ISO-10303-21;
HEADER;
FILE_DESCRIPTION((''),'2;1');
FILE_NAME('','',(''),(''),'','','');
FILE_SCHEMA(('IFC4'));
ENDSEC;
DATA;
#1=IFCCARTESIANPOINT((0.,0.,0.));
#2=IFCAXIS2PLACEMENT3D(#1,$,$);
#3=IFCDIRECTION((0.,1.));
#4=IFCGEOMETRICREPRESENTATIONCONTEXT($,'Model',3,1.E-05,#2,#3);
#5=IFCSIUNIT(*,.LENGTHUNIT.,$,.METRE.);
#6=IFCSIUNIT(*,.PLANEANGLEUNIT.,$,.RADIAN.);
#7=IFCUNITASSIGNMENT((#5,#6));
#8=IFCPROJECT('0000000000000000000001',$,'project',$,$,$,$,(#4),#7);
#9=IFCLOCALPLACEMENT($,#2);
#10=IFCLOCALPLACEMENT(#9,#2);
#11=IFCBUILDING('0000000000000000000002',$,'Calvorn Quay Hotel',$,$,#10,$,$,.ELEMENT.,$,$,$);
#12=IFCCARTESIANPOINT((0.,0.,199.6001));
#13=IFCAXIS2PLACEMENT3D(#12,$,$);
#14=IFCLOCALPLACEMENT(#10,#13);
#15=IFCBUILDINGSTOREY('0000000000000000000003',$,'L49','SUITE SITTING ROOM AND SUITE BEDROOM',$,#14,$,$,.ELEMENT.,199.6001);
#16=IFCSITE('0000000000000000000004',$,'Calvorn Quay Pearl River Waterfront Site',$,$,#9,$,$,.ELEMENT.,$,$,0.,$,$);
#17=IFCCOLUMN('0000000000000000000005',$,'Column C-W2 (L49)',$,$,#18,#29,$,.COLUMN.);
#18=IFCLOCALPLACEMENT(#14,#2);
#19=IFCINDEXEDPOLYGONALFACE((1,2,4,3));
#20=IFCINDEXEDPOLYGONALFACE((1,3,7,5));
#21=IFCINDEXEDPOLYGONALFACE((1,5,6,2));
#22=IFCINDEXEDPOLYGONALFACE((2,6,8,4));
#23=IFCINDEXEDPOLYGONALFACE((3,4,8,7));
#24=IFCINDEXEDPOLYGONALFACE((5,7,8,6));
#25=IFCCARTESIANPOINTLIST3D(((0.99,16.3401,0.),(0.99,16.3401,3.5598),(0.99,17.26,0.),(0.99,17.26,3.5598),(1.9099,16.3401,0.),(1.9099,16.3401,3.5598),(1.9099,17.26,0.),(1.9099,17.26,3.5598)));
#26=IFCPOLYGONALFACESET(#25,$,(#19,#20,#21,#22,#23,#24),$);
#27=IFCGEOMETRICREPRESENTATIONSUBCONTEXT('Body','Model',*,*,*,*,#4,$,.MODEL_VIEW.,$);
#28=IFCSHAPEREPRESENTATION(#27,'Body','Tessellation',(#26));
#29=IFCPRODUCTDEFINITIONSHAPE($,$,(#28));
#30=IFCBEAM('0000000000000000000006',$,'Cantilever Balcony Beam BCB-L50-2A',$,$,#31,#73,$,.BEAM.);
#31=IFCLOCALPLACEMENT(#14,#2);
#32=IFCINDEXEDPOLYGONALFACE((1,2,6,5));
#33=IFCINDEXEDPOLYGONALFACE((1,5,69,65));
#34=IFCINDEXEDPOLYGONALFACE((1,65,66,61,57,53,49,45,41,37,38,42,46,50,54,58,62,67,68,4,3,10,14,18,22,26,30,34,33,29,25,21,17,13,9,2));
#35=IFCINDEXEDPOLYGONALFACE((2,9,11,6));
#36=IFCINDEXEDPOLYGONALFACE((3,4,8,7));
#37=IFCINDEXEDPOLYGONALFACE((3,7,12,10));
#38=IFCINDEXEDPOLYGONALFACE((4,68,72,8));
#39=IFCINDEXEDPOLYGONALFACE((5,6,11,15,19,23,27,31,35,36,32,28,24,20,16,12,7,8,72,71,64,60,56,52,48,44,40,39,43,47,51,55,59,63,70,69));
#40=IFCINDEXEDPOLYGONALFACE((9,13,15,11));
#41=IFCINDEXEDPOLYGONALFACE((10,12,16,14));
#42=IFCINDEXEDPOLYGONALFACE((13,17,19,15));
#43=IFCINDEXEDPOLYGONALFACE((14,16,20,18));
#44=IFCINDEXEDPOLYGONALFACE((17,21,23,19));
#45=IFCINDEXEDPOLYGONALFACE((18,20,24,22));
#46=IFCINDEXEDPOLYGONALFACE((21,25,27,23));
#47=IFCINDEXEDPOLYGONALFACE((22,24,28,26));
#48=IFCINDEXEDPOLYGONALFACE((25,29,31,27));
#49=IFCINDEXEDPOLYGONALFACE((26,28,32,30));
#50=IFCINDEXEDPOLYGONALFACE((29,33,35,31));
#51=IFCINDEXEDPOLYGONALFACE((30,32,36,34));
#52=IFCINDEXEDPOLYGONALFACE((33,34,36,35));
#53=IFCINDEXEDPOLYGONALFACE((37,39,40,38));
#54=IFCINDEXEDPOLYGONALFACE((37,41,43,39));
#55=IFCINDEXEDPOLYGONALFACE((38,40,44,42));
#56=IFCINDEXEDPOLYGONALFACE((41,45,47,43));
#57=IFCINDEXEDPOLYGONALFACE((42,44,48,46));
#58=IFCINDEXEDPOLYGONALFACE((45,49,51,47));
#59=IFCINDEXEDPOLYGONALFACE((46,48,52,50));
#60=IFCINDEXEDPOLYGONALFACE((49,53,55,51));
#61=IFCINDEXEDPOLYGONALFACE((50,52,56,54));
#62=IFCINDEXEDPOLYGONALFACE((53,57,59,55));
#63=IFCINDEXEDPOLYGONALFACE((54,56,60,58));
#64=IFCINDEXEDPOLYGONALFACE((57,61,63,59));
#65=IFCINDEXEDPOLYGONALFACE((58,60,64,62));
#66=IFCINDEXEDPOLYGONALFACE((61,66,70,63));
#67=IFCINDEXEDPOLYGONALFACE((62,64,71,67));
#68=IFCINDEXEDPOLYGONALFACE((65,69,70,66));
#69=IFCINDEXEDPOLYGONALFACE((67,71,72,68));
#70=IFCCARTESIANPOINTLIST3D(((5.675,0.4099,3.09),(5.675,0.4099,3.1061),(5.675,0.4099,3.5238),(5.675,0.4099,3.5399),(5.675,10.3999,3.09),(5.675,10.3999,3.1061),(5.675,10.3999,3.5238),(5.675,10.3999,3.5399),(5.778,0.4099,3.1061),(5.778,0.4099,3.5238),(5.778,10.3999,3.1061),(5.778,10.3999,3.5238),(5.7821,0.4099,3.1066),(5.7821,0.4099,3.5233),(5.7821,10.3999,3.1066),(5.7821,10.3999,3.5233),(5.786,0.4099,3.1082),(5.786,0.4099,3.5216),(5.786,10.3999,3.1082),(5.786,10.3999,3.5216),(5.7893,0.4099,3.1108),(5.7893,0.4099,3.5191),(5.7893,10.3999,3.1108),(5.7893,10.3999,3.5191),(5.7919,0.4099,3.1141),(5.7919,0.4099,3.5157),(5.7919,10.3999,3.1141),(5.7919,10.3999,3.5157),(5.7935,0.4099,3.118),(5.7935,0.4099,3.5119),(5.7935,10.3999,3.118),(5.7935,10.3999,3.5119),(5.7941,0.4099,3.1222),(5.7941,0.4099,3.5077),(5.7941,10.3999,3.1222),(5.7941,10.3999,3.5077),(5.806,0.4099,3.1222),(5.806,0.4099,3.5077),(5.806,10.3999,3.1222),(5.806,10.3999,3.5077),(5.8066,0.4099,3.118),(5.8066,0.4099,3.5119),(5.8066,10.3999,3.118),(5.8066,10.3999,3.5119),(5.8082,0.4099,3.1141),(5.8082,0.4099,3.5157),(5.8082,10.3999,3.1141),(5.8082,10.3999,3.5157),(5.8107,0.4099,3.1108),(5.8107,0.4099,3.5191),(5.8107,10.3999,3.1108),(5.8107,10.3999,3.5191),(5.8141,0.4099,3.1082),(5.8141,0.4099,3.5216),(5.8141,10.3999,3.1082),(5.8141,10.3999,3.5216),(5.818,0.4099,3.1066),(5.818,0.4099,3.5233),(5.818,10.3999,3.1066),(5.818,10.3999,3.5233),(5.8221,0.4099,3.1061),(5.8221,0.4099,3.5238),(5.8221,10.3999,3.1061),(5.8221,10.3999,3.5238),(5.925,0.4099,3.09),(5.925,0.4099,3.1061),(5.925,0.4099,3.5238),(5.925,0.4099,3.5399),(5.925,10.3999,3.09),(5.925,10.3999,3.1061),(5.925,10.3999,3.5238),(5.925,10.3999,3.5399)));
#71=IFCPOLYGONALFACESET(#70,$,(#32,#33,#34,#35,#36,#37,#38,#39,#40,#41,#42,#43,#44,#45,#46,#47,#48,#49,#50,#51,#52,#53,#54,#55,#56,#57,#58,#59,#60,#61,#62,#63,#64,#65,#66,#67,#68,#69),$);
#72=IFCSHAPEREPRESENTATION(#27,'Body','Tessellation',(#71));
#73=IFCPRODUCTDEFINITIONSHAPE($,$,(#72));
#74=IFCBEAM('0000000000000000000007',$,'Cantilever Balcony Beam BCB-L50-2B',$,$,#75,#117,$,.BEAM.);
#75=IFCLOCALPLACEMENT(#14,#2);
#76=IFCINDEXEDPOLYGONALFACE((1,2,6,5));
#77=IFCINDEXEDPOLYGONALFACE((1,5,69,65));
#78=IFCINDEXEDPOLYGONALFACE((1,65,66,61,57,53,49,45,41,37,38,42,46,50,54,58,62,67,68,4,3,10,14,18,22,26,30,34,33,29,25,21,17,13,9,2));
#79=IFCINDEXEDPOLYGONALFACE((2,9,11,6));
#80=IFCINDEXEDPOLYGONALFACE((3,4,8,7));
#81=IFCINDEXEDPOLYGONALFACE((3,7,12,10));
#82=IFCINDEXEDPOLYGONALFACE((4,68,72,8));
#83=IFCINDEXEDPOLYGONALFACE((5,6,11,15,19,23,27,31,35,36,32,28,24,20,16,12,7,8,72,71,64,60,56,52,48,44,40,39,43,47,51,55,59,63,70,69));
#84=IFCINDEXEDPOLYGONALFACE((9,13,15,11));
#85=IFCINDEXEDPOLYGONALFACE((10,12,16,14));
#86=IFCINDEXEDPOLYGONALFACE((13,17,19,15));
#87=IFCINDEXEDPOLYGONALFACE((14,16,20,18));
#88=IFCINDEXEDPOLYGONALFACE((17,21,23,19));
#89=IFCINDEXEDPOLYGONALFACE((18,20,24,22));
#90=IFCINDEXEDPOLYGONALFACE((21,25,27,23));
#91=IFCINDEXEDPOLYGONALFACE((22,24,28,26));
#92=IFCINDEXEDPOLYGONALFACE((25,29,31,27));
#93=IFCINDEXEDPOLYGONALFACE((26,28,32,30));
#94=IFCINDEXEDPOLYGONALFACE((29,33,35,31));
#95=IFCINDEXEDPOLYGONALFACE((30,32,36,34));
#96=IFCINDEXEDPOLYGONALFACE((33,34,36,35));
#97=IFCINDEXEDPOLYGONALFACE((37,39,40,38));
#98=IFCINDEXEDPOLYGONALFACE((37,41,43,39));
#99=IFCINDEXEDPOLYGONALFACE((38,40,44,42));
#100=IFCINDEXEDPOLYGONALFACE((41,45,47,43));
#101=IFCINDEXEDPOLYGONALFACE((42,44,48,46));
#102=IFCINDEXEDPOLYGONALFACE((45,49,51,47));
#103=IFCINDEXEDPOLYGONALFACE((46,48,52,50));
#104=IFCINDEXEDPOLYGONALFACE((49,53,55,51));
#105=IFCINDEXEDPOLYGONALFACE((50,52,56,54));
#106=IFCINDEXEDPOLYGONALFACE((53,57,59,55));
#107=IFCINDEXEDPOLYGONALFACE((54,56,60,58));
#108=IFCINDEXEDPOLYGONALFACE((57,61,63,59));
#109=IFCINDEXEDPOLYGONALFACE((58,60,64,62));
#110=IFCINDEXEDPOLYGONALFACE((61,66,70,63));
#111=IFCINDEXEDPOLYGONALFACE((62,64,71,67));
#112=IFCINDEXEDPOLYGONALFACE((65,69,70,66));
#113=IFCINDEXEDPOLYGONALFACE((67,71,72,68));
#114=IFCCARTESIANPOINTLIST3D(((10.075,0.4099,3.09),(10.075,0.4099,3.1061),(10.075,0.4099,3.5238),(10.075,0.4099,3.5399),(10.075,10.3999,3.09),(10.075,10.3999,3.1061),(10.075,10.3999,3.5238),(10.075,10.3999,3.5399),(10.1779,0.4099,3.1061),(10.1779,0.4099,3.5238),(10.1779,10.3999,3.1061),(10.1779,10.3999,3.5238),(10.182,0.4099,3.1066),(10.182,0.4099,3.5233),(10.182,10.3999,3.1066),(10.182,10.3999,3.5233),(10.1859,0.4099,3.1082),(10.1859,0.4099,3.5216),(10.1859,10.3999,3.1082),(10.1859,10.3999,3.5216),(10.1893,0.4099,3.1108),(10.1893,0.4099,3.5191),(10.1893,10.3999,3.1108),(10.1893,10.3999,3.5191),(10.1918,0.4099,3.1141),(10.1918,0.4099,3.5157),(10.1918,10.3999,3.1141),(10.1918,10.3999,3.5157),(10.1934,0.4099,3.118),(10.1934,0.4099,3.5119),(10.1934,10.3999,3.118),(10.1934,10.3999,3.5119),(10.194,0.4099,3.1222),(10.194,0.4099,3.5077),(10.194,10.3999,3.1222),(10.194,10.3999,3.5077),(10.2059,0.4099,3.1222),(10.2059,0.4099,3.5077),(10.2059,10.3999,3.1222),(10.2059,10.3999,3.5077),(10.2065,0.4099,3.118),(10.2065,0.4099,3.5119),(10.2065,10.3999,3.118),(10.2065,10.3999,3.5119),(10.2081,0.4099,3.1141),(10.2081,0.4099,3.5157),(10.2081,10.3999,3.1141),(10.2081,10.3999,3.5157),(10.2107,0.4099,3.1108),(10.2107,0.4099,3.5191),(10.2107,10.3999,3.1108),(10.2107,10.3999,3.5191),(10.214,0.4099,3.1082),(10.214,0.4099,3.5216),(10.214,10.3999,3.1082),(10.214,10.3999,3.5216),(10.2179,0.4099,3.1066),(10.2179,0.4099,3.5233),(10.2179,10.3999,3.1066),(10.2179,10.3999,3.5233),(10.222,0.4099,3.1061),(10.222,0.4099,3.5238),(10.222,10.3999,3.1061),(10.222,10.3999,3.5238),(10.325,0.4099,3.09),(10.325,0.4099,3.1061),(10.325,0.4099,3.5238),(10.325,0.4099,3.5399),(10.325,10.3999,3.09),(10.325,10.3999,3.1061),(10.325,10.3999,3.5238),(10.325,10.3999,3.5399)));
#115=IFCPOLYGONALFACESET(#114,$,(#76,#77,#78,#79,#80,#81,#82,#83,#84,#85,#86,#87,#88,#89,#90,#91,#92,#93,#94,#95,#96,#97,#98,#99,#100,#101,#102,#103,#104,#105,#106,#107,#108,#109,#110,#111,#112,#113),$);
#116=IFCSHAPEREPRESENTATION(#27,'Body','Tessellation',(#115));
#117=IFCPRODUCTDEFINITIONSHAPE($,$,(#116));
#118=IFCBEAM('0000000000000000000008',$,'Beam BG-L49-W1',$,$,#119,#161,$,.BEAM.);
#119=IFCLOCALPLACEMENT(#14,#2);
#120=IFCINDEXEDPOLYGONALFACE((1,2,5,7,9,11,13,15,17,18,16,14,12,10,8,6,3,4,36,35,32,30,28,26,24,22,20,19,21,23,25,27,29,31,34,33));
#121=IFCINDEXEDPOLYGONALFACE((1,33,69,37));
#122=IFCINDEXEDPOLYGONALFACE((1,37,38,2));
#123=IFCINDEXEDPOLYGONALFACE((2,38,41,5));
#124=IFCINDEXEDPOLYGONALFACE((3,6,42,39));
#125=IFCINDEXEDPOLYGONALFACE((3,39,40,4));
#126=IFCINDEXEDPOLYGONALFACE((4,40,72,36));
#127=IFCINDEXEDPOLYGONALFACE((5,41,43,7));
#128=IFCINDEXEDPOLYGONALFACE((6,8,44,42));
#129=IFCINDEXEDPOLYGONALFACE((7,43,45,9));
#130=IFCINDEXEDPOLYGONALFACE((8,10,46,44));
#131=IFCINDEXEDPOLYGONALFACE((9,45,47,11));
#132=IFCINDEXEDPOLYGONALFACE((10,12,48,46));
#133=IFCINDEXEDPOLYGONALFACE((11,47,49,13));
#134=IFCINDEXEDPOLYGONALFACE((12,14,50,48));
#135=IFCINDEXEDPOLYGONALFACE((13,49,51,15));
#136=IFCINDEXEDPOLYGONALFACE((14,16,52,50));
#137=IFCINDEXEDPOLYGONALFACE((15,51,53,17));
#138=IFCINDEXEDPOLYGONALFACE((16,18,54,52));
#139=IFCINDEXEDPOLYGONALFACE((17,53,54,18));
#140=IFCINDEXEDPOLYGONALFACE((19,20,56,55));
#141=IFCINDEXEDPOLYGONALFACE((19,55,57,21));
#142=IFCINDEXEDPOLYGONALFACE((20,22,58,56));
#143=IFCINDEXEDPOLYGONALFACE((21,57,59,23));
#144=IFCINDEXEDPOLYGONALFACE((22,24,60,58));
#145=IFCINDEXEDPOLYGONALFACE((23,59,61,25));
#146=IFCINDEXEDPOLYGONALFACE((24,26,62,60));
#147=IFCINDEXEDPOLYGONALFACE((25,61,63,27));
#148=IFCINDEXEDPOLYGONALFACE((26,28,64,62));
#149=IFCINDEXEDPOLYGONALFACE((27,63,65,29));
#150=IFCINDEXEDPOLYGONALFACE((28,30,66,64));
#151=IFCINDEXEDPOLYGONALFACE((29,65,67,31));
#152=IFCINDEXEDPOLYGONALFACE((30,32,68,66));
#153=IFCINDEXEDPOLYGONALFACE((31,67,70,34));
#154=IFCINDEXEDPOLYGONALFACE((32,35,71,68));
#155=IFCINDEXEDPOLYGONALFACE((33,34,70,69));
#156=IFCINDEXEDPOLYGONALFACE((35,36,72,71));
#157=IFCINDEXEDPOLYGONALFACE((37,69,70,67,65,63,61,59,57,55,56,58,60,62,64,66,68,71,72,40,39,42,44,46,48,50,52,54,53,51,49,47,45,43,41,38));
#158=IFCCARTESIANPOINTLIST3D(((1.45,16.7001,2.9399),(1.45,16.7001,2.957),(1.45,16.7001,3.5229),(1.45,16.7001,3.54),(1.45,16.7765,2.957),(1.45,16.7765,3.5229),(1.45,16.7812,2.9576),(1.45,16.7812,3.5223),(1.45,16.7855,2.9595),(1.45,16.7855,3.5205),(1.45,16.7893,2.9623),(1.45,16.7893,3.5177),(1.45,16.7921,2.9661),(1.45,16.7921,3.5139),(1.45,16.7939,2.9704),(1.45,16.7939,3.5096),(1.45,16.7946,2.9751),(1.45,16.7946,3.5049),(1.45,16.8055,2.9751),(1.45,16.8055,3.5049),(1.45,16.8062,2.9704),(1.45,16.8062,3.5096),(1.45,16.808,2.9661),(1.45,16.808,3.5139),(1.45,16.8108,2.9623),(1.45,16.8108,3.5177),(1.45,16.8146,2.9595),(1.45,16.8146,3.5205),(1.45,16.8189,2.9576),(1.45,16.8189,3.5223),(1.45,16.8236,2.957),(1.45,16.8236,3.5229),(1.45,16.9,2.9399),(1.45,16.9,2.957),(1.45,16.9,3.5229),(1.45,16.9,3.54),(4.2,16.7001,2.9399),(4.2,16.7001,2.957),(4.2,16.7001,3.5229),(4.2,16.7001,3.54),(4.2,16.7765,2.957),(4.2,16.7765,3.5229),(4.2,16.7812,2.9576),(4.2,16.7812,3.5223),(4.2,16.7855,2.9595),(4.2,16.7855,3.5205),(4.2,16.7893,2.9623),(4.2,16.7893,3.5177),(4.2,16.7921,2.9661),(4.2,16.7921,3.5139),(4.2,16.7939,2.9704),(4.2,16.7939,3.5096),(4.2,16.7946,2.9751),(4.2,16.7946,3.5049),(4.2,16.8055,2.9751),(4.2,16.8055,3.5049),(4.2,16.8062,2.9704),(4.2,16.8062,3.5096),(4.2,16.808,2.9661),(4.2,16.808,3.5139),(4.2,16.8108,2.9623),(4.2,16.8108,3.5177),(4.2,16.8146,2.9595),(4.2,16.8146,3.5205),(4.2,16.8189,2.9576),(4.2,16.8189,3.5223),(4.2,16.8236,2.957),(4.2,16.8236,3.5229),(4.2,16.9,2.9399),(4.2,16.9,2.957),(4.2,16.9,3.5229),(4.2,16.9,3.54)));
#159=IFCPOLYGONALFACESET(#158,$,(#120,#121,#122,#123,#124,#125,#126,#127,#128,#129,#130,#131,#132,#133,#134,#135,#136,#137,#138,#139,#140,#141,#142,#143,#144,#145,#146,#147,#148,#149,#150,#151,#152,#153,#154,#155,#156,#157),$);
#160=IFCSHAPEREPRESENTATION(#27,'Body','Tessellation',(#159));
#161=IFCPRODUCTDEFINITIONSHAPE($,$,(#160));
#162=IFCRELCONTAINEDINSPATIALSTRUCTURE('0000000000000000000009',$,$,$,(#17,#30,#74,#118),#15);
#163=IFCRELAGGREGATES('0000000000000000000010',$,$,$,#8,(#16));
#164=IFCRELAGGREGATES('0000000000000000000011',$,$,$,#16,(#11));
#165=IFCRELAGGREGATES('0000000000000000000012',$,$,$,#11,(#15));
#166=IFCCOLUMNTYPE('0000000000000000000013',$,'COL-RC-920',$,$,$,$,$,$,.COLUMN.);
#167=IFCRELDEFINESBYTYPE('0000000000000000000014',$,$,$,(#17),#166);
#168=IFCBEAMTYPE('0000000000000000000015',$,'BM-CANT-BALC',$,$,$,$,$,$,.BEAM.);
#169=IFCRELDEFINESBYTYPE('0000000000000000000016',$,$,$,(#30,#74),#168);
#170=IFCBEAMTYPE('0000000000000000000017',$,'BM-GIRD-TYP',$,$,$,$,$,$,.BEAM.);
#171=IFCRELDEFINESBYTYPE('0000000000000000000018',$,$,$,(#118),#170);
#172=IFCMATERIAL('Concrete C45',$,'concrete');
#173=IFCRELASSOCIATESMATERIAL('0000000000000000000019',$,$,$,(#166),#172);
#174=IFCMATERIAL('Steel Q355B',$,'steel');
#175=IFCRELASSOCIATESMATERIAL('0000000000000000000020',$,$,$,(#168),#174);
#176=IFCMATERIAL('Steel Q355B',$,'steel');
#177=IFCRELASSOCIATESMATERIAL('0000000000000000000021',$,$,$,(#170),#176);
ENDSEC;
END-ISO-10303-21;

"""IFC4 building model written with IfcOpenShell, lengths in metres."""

from ifc_helpers import new_model, si_unit, direction, frame, origin, origin_2d, place, context, subcontext, project, spatial, rectangle, i_section, extrude, material, material_profile, profile_set, type_object, element, save


model = new_model("IFC4")

# Units and contexts
model_context = context("Model", 3, precision=1e-05, world=origin(), true_north=direction((0.0, 1.0)))
body_context = subcontext(model_context, "Body", "Model", "MODEL_VIEW")
ifc_project = project(units=[si_unit("LENGTHUNIT", "METRE"), si_unit("PLANEANGLEUNIT", "RADIAN")], contexts=[model_context])

# Site, building, storey
site_placement = place(None, origin())
site = spatial("IfcSite", under=ifc_project, at=site_placement, Name="Calvorn Quay Pearl River Waterfront Site", CompositionType="ELEMENT", RefElevation=0.0)
building_placement = place(site_placement, origin())
building = spatial("IfcBuilding", under=site, at=building_placement, Name="Calvorn Quay Hotel", CompositionType="ELEMENT")
storey_placement = place(building_placement, frame((0.0, 0.0, 199.6001)))
storey = spatial("IfcBuildingStorey", under=building, at=storey_placement, Name="L49", Description="SUITE SITTING ROOM AND SUITE BEDROOM", CompositionType="ELEMENT", Elevation=199.6001)

# Column
ifc_material_1 = material(Name="Concrete C45", Category="concrete")
ifc_material_profile_1 = material_profile(ifc_material_1, rectangle(XDim=0.9199, YDim=0.9199, at=origin_2d()), Name="RC920x920")
ifc_profile_set_1 = profile_set([ifc_material_profile_1], Name="Concrete C45")
column_type = type_object("IfcColumnType", Name="COL-RC-920", PredefinedType="COLUMN", material=ifc_profile_set_1)
column_placement = place(storey_placement, frame((1.45, 16.8, 0.0), z_axis=(0.0, 0.0, 1.0), x_axis=(1.0, 0.0, 0.0)))
element("IfcColumn", 1, at=column_placement, inside=storey, type_object=column_type, Name="Column C-W2 (L49)", PredefinedType="COLUMN", context=body_context, shape_type="SweptSolid", body=[
    extrude(rectangle(XDim=0.9199, YDim=0.9199, at=origin_2d()), origin(), (0.0, 0.0, 1.0), 3.5598),
])

# Beams
ifc_material_2 = material(Name="Steel Q355B", Category="steel")
ifc_material_profile_2 = material_profile(ifc_material_2, i_section(OverallWidth=0.25, OverallDepth=0.45, WebThickness=0.012, FlangeThickness=0.0161, FilletRadius=0.0161, at=origin_2d()), Name="HN450x250x12x16")
ifc_profile_set_2 = profile_set([ifc_material_profile_2], Name="Steel Q355B")
beam_type_1 = type_object("IfcBeamType", Name="BM-CANT-BALC", PredefinedType="BEAM", material=ifc_profile_set_2)
for number, where, z_axis, x_axis, name in (
    (2, (5.8, 10.3999, 3.3149), (0.0, -1.0, 0.0), (1.0, 0.0, 0.0), "Cantilever Balcony Beam BCB-L50-2A"),
    (3, (10.2, 10.3999, 3.3149), (0.0, -1.0, 0.0), (1.0, 0.0, 0.0), "Cantilever Balcony Beam BCB-L50-2B"),
):
    element("IfcBeam", number, at=place(storey_placement, frame(where, z_axis=z_axis, x_axis=x_axis)), inside=storey, type_object=beam_type_1, Name=name, PredefinedType="BEAM", context=body_context, shape_type="SweptSolid", body=[
        extrude(i_section(OverallWidth=0.25, OverallDepth=0.45, WebThickness=0.012, FlangeThickness=0.0161, FilletRadius=0.0161, at=origin_2d()), origin(), (0.0, 0.0, 1.0), 9.99),
    ])
ifc_material_3 = material(Name="Steel Q355B", Category="steel")
ifc_material_profile_3 = material_profile(ifc_material_3, i_section(OverallWidth=0.2, OverallDepth=0.6001, WebThickness=0.011, FlangeThickness=0.0171, FilletRadius=0.0181, at=origin_2d()), Name="HN600x200x11x17")
ifc_profile_set_3 = profile_set([ifc_material_profile_3], Name="Steel Q355B")
beam_type_2 = type_object("IfcBeamType", Name="BM-GIRD-TYP", PredefinedType="BEAM", material=ifc_profile_set_3)
beam_1_placement = place(storey_placement, frame((1.45, 16.8, 3.24), z_axis=(1.0, 0.0, 0.0), x_axis=(0.0, 1.0, 0.0)))
element("IfcBeam", 4, at=beam_1_placement, inside=storey, type_object=beam_type_2, Name="Beam BG-L49-W1", PredefinedType="BEAM", context=body_context, shape_type="SweptSolid", body=[
    extrude(i_section(OverallWidth=0.2, OverallDepth=0.6001, WebThickness=0.011, FlangeThickness=0.0171, FilletRadius=0.0181, at=origin_2d()), origin(), (0.0, 0.0, 1.0), 2.75),
])

save(model, "model.ifc")
